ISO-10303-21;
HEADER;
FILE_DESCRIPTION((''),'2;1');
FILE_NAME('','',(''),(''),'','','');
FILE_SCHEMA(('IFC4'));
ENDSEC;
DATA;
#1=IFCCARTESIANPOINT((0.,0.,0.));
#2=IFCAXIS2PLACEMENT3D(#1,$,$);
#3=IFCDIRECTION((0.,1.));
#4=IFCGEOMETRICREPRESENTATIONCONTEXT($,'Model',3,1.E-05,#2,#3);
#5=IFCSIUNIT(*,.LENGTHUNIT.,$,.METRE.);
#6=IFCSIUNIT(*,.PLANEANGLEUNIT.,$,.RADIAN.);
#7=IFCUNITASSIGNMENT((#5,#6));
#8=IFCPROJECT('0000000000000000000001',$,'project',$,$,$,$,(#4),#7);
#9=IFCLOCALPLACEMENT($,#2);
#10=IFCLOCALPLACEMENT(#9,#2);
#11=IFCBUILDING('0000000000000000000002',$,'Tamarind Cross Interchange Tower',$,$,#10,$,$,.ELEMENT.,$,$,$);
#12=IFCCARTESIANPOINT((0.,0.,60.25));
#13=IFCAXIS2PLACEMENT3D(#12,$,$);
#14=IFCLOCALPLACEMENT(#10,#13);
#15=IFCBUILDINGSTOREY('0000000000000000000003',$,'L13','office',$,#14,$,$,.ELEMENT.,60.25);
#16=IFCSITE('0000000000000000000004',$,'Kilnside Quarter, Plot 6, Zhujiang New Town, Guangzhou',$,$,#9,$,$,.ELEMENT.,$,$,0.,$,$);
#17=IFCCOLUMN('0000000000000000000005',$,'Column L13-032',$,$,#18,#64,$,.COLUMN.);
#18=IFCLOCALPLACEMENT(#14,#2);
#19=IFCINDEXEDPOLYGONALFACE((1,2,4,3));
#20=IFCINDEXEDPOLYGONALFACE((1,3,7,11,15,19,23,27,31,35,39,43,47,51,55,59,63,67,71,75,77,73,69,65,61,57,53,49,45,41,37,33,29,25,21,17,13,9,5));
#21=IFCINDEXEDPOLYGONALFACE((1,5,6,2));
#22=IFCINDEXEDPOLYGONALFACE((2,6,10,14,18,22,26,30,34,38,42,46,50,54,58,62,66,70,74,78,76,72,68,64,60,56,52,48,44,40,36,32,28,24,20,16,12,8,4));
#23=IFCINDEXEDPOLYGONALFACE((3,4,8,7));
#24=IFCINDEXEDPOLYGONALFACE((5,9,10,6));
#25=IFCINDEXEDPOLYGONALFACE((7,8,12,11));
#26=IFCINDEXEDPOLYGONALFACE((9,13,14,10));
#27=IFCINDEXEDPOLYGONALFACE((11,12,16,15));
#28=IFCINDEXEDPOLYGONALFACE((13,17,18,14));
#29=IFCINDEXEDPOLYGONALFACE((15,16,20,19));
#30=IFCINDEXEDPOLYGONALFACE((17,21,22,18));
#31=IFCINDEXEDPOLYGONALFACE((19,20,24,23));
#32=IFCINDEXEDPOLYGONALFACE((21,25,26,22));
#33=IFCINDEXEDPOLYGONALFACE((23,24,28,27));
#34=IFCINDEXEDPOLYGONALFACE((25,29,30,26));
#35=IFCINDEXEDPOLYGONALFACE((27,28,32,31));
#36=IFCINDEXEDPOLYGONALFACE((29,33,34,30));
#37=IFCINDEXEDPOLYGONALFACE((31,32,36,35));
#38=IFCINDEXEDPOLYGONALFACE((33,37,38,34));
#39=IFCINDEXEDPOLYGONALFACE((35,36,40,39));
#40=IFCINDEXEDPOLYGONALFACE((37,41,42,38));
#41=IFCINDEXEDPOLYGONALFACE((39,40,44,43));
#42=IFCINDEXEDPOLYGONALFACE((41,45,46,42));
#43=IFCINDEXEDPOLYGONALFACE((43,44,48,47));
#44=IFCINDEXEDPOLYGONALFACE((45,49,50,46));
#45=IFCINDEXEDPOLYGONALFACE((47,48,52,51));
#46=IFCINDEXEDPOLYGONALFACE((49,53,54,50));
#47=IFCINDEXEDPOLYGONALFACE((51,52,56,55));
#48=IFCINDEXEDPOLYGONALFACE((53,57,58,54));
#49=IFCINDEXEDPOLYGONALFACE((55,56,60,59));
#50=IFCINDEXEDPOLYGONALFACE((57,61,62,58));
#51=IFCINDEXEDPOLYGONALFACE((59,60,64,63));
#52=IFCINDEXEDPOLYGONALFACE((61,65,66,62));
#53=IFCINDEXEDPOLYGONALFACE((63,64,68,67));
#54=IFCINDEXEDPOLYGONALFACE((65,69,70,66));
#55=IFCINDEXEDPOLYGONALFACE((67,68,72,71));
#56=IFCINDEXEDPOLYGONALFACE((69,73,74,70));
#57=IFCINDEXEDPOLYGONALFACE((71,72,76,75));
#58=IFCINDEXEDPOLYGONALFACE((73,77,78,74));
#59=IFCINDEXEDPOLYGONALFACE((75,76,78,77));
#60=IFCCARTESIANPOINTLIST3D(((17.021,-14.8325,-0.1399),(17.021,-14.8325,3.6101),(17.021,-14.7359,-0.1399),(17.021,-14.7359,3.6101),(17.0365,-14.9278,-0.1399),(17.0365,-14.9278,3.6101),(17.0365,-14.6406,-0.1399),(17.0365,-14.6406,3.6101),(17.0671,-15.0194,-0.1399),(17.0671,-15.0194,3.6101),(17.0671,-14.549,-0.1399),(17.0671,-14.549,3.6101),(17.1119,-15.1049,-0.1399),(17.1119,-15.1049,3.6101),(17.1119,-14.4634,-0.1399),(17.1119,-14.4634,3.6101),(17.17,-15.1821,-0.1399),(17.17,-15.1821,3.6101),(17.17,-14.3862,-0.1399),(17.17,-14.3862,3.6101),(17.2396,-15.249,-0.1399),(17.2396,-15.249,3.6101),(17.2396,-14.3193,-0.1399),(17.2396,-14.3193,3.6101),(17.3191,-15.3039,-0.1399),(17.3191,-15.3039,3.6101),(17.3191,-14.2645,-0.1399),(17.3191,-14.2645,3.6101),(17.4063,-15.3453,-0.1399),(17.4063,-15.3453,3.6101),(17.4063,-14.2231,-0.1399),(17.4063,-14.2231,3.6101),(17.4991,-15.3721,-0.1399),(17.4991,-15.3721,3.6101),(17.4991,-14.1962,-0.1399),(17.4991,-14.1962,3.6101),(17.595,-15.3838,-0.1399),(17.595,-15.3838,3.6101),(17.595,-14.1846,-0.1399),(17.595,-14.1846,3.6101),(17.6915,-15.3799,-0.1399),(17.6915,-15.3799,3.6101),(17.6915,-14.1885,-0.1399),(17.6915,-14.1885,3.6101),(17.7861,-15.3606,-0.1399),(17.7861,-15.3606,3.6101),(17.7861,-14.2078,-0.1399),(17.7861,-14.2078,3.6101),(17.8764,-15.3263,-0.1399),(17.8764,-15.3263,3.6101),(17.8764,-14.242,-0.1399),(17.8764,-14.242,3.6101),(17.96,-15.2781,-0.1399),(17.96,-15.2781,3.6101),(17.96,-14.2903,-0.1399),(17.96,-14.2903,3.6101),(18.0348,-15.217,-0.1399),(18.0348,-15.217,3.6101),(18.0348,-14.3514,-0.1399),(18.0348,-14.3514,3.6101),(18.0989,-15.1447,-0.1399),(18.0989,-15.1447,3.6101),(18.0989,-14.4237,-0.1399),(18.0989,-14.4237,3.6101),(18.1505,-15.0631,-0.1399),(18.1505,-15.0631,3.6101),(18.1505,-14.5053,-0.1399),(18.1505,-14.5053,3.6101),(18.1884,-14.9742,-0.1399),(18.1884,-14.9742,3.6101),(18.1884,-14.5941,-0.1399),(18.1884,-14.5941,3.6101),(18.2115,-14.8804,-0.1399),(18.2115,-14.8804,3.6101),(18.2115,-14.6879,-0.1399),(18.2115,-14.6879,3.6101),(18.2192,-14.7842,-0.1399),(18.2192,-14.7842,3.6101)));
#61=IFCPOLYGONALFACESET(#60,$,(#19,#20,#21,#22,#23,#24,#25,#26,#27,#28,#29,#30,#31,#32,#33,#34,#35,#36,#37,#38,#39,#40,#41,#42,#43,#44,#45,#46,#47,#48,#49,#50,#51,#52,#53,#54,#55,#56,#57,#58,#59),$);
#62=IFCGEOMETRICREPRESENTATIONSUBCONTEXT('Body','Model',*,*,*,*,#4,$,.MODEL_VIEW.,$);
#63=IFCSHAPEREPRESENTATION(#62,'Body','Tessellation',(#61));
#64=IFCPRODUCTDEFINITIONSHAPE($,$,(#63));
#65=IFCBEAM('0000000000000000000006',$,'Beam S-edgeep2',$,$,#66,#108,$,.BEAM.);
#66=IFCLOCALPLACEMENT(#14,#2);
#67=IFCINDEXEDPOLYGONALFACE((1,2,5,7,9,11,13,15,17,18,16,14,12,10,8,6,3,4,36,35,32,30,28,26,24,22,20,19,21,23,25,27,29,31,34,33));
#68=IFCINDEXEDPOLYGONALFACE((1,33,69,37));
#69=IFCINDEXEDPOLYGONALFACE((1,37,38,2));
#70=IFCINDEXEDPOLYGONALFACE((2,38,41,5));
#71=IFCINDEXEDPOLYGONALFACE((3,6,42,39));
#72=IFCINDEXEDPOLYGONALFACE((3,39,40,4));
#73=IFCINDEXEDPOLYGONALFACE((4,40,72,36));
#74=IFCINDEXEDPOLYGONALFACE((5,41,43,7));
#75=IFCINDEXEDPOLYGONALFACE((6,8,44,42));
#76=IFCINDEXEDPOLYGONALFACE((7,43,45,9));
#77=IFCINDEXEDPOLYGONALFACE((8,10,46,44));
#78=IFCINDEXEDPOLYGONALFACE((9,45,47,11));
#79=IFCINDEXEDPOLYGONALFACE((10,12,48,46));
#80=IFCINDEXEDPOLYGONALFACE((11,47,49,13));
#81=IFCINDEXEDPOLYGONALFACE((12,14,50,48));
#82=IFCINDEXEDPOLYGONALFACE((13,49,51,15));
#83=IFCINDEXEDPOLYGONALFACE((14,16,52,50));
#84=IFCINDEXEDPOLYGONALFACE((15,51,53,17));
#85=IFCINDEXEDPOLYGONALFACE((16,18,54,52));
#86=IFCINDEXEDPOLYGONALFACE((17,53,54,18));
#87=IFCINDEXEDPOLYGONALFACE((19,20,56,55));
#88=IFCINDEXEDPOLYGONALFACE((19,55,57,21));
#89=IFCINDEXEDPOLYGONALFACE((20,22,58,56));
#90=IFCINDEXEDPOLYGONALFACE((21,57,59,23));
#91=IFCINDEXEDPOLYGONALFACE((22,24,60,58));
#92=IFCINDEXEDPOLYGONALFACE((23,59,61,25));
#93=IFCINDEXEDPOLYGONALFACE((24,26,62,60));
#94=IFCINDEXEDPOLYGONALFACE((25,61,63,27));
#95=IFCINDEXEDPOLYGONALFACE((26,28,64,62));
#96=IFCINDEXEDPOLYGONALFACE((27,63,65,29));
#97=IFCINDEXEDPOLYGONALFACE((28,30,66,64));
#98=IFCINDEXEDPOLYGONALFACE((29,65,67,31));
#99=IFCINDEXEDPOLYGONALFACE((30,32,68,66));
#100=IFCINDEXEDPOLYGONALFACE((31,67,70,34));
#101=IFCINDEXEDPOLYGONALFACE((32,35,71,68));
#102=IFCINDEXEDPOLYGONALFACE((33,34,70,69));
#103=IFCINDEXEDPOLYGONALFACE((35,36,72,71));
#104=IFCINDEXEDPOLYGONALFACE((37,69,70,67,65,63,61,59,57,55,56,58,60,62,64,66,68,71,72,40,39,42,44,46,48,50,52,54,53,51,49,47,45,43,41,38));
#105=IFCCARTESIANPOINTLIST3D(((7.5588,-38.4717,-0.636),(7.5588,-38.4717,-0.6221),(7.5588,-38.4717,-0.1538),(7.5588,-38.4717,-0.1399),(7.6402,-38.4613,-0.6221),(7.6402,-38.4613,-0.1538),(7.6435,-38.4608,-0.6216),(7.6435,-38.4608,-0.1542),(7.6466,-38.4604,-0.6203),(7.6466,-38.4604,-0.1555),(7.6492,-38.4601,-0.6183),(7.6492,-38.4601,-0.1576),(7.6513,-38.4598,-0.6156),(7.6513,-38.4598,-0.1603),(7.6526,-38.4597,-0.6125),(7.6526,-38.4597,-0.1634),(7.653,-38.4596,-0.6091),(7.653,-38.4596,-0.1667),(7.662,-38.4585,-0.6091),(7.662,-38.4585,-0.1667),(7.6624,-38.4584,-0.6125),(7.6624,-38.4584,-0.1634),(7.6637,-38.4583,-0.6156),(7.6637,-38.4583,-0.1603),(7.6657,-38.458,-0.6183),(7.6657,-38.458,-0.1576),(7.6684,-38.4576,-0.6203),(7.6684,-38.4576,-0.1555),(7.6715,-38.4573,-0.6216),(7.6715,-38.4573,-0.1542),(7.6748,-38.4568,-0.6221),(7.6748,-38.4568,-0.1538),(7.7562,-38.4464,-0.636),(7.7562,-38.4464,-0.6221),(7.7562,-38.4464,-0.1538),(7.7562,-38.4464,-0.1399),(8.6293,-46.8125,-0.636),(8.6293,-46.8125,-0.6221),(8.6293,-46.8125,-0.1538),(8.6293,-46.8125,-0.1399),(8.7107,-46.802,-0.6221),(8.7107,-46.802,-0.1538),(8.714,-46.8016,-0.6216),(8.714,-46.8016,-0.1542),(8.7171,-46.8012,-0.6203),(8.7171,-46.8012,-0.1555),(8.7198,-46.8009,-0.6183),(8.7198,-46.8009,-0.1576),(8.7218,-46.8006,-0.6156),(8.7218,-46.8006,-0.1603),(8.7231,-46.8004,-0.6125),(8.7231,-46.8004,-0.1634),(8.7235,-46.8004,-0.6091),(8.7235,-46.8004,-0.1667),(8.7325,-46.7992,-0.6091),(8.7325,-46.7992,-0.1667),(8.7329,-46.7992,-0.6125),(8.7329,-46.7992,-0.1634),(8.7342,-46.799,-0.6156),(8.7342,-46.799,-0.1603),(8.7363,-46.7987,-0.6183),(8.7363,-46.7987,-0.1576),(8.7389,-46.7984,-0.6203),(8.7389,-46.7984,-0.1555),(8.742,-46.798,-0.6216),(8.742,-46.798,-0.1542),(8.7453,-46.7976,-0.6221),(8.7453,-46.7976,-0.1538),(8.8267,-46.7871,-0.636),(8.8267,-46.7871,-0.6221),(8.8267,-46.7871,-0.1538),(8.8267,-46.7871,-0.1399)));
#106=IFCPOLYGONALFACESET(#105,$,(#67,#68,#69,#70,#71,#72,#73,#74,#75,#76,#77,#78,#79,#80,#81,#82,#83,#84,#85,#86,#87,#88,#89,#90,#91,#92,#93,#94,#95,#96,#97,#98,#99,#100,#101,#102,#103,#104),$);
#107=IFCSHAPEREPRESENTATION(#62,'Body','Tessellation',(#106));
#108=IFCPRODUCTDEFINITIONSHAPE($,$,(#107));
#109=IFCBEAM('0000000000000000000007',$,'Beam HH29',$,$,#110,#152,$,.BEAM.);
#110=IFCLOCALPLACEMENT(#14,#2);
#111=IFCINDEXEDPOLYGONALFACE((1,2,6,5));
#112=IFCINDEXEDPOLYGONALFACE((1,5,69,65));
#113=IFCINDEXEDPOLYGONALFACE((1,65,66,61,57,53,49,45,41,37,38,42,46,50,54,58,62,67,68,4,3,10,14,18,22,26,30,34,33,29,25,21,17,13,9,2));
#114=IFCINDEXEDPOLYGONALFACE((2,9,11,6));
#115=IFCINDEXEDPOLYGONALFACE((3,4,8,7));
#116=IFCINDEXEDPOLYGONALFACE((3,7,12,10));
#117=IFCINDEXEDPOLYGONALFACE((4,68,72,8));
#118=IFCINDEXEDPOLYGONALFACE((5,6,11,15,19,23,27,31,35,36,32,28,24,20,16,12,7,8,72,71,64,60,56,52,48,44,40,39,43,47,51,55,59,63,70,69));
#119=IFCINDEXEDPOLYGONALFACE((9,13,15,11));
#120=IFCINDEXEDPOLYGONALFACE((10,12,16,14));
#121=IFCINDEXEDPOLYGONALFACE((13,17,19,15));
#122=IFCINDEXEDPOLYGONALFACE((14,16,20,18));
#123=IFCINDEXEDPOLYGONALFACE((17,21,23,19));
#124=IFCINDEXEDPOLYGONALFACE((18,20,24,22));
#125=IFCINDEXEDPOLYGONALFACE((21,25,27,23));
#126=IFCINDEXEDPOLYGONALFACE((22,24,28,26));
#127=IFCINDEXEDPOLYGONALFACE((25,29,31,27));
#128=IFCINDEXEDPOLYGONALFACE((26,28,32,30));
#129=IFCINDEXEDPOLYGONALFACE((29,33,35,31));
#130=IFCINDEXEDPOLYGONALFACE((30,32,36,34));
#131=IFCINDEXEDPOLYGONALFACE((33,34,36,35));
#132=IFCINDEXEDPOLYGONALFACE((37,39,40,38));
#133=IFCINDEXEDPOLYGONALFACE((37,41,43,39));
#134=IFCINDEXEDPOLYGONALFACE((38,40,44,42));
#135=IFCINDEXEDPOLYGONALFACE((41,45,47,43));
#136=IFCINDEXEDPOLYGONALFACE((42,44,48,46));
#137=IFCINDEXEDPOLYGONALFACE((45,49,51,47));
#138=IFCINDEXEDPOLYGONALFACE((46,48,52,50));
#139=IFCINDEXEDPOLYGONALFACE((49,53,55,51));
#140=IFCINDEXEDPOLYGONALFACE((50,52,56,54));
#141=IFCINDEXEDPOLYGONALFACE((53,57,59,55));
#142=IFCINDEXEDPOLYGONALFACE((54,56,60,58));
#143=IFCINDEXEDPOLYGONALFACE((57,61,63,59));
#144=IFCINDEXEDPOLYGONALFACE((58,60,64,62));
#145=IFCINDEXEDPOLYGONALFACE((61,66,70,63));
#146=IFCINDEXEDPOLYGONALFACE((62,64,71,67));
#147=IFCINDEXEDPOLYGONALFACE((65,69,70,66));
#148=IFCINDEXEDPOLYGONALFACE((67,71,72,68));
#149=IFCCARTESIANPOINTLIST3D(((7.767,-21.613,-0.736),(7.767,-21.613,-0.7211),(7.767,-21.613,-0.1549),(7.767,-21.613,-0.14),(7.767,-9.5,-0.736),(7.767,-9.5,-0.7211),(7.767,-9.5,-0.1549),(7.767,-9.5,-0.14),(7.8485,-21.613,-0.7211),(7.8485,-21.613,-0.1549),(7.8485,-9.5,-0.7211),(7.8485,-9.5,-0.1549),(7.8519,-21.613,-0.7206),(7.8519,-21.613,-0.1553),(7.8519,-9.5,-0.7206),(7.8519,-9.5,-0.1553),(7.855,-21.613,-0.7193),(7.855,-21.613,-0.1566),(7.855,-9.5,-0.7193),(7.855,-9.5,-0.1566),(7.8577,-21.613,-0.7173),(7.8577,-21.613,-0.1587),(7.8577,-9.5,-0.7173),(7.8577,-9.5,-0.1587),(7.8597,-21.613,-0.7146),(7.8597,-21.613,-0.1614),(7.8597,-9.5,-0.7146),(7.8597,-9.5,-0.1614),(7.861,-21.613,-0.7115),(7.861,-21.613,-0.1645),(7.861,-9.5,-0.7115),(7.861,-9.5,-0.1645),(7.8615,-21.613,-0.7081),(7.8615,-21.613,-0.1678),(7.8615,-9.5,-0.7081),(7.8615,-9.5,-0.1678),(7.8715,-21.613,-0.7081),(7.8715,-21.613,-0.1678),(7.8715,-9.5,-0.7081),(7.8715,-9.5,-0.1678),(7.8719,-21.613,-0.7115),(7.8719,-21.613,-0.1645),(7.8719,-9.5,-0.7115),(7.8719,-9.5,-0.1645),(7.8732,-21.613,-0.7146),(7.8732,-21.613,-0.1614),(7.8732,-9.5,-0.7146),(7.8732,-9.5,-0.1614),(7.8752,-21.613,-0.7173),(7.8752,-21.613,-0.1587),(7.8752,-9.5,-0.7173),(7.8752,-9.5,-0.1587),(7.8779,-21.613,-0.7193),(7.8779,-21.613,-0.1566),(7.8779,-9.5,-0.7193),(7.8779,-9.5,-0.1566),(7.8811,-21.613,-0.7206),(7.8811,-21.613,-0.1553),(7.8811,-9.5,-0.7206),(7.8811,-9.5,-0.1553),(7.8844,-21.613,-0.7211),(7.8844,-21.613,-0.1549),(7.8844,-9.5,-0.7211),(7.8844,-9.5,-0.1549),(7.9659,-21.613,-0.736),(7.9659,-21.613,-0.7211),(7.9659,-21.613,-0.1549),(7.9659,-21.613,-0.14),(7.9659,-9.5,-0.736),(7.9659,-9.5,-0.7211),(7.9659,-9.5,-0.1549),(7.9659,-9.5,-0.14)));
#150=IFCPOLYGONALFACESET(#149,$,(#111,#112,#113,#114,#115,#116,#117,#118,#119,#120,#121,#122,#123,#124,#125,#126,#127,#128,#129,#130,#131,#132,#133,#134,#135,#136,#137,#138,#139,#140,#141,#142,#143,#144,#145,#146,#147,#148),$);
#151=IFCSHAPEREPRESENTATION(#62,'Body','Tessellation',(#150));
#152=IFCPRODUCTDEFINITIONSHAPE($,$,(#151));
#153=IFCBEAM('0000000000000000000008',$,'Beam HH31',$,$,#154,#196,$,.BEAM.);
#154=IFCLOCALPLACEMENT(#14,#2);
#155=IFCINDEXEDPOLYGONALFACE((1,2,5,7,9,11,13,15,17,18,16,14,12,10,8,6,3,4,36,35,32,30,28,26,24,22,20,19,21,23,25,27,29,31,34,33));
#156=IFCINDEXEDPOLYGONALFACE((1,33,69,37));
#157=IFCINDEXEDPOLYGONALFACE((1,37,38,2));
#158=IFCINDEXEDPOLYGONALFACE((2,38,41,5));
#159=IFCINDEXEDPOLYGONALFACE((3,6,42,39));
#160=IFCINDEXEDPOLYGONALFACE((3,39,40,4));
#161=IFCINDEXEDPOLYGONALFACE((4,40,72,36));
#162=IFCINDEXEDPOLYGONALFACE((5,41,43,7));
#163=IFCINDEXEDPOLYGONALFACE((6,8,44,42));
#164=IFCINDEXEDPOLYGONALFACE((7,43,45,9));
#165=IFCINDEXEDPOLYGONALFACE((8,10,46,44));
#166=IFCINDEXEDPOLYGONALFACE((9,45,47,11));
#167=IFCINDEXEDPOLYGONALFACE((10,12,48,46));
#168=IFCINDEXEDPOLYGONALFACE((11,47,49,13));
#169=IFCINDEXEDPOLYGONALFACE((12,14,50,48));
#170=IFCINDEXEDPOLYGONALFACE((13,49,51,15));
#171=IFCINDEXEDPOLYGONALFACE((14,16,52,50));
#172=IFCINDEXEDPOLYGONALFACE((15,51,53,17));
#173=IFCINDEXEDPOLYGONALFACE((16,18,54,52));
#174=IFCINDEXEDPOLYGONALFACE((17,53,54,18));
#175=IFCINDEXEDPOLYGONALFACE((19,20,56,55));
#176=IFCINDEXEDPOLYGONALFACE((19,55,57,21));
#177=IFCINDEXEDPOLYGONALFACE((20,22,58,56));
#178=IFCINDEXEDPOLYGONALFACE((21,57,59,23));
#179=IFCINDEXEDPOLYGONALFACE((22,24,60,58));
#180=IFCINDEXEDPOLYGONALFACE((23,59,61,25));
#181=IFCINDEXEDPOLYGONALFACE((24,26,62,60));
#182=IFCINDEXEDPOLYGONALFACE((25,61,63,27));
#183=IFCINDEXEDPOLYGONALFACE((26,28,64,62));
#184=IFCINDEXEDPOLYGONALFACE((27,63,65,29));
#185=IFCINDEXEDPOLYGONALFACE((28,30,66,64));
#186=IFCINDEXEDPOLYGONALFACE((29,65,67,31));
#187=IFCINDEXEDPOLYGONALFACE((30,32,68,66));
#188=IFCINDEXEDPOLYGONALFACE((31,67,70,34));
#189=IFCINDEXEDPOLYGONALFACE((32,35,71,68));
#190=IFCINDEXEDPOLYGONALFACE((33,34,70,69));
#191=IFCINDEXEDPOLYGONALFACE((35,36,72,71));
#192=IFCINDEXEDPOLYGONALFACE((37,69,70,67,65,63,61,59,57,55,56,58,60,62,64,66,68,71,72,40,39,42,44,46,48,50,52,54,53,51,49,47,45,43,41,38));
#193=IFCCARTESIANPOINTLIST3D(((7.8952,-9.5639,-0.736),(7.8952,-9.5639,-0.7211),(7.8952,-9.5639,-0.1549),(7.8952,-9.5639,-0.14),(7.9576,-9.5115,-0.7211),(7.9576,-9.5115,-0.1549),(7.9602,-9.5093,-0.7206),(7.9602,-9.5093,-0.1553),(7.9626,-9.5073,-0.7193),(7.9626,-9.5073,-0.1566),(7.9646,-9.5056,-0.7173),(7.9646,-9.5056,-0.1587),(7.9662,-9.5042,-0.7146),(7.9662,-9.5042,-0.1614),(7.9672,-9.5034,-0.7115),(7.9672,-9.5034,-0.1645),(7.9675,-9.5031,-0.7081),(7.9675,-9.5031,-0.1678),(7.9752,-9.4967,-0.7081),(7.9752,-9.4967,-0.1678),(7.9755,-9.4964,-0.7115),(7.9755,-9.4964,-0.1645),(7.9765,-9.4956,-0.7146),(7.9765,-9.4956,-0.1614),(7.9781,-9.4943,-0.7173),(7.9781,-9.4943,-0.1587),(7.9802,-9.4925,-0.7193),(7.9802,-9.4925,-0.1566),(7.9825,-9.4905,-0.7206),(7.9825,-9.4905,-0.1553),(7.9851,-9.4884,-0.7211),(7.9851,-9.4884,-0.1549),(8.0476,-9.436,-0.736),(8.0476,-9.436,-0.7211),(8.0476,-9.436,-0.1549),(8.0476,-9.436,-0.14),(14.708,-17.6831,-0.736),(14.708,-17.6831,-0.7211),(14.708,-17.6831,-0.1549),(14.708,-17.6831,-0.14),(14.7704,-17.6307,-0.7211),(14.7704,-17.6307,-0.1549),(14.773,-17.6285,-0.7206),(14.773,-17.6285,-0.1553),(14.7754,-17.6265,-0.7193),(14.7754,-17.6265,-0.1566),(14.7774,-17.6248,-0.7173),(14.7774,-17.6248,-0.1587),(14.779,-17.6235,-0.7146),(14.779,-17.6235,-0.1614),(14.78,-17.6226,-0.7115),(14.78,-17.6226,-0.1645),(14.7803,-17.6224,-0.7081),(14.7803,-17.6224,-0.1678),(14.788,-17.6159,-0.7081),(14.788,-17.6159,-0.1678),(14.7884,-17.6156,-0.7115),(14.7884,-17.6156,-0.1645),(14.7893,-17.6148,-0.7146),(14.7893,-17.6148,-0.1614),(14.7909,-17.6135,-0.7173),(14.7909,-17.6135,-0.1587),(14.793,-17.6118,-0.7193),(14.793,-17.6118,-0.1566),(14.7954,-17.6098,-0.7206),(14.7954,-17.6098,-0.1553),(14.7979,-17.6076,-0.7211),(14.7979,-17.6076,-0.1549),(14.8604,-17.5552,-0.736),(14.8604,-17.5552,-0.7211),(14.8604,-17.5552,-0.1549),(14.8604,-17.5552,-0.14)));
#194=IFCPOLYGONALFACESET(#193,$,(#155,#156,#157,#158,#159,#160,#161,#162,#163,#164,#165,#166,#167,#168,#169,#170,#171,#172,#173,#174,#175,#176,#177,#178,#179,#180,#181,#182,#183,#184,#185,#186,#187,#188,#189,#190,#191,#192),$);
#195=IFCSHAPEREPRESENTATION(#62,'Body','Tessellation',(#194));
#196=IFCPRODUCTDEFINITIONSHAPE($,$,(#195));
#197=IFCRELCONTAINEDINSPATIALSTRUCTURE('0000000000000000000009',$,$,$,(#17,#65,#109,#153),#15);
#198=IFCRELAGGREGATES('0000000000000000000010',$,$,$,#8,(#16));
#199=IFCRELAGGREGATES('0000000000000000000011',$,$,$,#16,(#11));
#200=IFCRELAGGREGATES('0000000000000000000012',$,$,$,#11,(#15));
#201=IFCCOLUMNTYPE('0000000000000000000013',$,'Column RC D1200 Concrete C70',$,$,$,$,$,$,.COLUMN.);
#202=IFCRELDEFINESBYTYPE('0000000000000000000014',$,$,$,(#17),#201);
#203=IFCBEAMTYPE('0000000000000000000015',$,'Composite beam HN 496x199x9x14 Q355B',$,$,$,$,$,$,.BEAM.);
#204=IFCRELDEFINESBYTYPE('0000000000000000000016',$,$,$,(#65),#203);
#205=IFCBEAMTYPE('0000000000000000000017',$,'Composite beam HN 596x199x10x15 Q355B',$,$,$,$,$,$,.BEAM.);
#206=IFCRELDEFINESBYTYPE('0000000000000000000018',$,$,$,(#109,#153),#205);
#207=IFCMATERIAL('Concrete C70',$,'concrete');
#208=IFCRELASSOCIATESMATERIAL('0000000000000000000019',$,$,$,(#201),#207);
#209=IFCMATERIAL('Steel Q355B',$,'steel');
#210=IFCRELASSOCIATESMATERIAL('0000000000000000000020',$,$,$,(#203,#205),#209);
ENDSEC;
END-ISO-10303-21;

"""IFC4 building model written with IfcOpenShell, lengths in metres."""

from ifc_helpers import new_model, si_unit, direction, frame, origin, origin_2d, place, context, subcontext, project, spatial, circle, i_section, extrude, material, material_profile, profile_set, type_object, element, save


model = new_model("IFC4")

# Units and contexts
model_context = context("Model", 3, precision=1e-05, world=origin(), true_north=direction((0.0, 1.0)))
body_context = subcontext(model_context, "Body", "Model", "MODEL_VIEW")
ifc_project = project(units=[si_unit("LENGTHUNIT", "METRE"), si_unit("PLANEANGLEUNIT", "RADIAN")], contexts=[model_context])

# Site, building, storey
site_placement = place(None, origin())
site = spatial("IfcSite", under=ifc_project, at=site_placement, Name="Kilnside Quarter, Plot 6, Zhujiang New Town, Guangzhou", CompositionType="ELEMENT", RefElevation=0.0)
building_placement = place(site_placement, origin())
building = spatial("IfcBuilding", under=site, at=building_placement, Name="Tamarind Cross Interchange Tower", CompositionType="ELEMENT")
storey_placement = place(building_placement, frame((0.0, 0.0, 60.25)))
storey = spatial("IfcBuildingStorey", under=building, at=storey_placement, Name="L13", Description="office", CompositionType="ELEMENT", Elevation=60.25)

# Column
ifc_material_1 = material(Name="Concrete C70", Category="concrete")
ifc_material_profile_1 = material_profile(ifc_material_1, circle(Radius=0.6001, at=origin_2d()), Name="RC D1200")
ifc_profile_set_1 = profile_set([ifc_material_profile_1], Name="Concrete C70")
column_type_1 = type_object("IfcColumnType", Name="Column RC D1200 Concrete C70", PredefinedType="COLUMN", material=ifc_profile_set_1)
for number, where, z_axis, x_axis, name in (
    (1, (17.6191, -14.7842, -0.1399), (0.0, 0.0, 1.0), (1.0, 0.0, 0.0), "Column L13-032"),
):
    element("IfcColumn", number, at=place(storey_placement, frame(where, z_axis=z_axis, x_axis=x_axis)), inside=storey, type_object=column_type_1, Name=name, PredefinedType="COLUMN", context=body_context, shape_type="SweptSolid", body=[
        extrude(circle(Radius=0.6001, at=origin_2d()), origin(), (0.0, 0.0, 1.0), 3.75),
    ])

# Beams
ifc_material_2 = material(Name="Steel Q355B", Category="steel")
ifc_material_profile_2 = material_profile(ifc_material_2, i_section(OverallWidth=0.199, OverallDepth=0.4961, WebThickness=0.009, FlangeThickness=0.0139, FilletRadius=0.0129, at=origin_2d()), Name="HN 496x199x9x14")
ifc_profile_set_2 = profile_set([ifc_material_profile_2], Name="Steel Q355B")
beam_type_1 = type_object("IfcBeamType", Name="Composite beam HN 496x199x9x14 Q355B", PredefinedType="BEAM", material=ifc_profile_set_2)
beam_1_placement = place(storey_placement, frame((8.728, -46.7998, -0.3879), z_axis=(-0.127307, 0.991863, 0.0), x_axis=(-0.991863, -0.127307, 0.0)))
element("IfcBeam", 2, at=beam_1_placement, inside=storey, type_object=beam_type_1, Name="Beam S-edgeep2", PredefinedType="BEAM", context=body_context, shape_type="SweptSolid", body=[
    extrude(i_section(OverallWidth=0.199, OverallDepth=0.4961, WebThickness=0.009, FlangeThickness=0.0139, FilletRadius=0.0129, at=origin_2d()), origin(), (0.0, 0.0, 1.0), 8.4092),
])
ifc_material_profile_3 = material_profile(ifc_material_2, i_section(OverallWidth=0.199, OverallDepth=0.5959, WebThickness=0.01, FlangeThickness=0.0149, FilletRadius=0.0129, at=origin_2d()), Name="HN 596x199x10x15")
ifc_profile_set_3 = profile_set([ifc_material_profile_3], Name="Steel Q355B")
beam_type_2 = type_object("IfcBeamType", Name="Composite beam HN 596x199x10x15 Q355B", PredefinedType="BEAM", material=ifc_profile_set_3)
beam_2_placement = place(storey_placement, frame((7.8665, -21.613, -0.438), z_axis=(0.0, 1.0, 0.0), x_axis=(-1.0, 0.0, 0.0)))
element("IfcBeam", 3, at=beam_2_placement, inside=storey, type_object=beam_type_2, Name="Beam HH29", PredefinedType="BEAM", context=body_context, shape_type="SweptSolid", body=[
    extrude(i_section(OverallWidth=0.199, OverallDepth=0.5959, WebThickness=0.01, FlangeThickness=0.0149, FilletRadius=0.0129, at=origin_2d()), origin(), (0.0, 0.0, 1.0), 12.113),
])
beam_3_placement = place(storey_placement, frame((14.7842, -17.6191, -0.438), z_axis=(-0.642786, 0.766046, 0.0), x_axis=(-0.766046, -0.642786, 0.0)))
element("IfcBeam", 4, at=beam_3_placement, inside=storey, type_object=beam_type_2, Name="Beam HH31", PredefinedType="BEAM", context=body_context, shape_type="SweptSolid", body=[
    extrude(i_section(OverallWidth=0.199, OverallDepth=0.5959, WebThickness=0.01, FlangeThickness=0.0149, FilletRadius=0.0129, at=origin_2d()), origin(), (0.0, 0.0, 1.0), 10.5989),
])

save(model, "model.ifc")
